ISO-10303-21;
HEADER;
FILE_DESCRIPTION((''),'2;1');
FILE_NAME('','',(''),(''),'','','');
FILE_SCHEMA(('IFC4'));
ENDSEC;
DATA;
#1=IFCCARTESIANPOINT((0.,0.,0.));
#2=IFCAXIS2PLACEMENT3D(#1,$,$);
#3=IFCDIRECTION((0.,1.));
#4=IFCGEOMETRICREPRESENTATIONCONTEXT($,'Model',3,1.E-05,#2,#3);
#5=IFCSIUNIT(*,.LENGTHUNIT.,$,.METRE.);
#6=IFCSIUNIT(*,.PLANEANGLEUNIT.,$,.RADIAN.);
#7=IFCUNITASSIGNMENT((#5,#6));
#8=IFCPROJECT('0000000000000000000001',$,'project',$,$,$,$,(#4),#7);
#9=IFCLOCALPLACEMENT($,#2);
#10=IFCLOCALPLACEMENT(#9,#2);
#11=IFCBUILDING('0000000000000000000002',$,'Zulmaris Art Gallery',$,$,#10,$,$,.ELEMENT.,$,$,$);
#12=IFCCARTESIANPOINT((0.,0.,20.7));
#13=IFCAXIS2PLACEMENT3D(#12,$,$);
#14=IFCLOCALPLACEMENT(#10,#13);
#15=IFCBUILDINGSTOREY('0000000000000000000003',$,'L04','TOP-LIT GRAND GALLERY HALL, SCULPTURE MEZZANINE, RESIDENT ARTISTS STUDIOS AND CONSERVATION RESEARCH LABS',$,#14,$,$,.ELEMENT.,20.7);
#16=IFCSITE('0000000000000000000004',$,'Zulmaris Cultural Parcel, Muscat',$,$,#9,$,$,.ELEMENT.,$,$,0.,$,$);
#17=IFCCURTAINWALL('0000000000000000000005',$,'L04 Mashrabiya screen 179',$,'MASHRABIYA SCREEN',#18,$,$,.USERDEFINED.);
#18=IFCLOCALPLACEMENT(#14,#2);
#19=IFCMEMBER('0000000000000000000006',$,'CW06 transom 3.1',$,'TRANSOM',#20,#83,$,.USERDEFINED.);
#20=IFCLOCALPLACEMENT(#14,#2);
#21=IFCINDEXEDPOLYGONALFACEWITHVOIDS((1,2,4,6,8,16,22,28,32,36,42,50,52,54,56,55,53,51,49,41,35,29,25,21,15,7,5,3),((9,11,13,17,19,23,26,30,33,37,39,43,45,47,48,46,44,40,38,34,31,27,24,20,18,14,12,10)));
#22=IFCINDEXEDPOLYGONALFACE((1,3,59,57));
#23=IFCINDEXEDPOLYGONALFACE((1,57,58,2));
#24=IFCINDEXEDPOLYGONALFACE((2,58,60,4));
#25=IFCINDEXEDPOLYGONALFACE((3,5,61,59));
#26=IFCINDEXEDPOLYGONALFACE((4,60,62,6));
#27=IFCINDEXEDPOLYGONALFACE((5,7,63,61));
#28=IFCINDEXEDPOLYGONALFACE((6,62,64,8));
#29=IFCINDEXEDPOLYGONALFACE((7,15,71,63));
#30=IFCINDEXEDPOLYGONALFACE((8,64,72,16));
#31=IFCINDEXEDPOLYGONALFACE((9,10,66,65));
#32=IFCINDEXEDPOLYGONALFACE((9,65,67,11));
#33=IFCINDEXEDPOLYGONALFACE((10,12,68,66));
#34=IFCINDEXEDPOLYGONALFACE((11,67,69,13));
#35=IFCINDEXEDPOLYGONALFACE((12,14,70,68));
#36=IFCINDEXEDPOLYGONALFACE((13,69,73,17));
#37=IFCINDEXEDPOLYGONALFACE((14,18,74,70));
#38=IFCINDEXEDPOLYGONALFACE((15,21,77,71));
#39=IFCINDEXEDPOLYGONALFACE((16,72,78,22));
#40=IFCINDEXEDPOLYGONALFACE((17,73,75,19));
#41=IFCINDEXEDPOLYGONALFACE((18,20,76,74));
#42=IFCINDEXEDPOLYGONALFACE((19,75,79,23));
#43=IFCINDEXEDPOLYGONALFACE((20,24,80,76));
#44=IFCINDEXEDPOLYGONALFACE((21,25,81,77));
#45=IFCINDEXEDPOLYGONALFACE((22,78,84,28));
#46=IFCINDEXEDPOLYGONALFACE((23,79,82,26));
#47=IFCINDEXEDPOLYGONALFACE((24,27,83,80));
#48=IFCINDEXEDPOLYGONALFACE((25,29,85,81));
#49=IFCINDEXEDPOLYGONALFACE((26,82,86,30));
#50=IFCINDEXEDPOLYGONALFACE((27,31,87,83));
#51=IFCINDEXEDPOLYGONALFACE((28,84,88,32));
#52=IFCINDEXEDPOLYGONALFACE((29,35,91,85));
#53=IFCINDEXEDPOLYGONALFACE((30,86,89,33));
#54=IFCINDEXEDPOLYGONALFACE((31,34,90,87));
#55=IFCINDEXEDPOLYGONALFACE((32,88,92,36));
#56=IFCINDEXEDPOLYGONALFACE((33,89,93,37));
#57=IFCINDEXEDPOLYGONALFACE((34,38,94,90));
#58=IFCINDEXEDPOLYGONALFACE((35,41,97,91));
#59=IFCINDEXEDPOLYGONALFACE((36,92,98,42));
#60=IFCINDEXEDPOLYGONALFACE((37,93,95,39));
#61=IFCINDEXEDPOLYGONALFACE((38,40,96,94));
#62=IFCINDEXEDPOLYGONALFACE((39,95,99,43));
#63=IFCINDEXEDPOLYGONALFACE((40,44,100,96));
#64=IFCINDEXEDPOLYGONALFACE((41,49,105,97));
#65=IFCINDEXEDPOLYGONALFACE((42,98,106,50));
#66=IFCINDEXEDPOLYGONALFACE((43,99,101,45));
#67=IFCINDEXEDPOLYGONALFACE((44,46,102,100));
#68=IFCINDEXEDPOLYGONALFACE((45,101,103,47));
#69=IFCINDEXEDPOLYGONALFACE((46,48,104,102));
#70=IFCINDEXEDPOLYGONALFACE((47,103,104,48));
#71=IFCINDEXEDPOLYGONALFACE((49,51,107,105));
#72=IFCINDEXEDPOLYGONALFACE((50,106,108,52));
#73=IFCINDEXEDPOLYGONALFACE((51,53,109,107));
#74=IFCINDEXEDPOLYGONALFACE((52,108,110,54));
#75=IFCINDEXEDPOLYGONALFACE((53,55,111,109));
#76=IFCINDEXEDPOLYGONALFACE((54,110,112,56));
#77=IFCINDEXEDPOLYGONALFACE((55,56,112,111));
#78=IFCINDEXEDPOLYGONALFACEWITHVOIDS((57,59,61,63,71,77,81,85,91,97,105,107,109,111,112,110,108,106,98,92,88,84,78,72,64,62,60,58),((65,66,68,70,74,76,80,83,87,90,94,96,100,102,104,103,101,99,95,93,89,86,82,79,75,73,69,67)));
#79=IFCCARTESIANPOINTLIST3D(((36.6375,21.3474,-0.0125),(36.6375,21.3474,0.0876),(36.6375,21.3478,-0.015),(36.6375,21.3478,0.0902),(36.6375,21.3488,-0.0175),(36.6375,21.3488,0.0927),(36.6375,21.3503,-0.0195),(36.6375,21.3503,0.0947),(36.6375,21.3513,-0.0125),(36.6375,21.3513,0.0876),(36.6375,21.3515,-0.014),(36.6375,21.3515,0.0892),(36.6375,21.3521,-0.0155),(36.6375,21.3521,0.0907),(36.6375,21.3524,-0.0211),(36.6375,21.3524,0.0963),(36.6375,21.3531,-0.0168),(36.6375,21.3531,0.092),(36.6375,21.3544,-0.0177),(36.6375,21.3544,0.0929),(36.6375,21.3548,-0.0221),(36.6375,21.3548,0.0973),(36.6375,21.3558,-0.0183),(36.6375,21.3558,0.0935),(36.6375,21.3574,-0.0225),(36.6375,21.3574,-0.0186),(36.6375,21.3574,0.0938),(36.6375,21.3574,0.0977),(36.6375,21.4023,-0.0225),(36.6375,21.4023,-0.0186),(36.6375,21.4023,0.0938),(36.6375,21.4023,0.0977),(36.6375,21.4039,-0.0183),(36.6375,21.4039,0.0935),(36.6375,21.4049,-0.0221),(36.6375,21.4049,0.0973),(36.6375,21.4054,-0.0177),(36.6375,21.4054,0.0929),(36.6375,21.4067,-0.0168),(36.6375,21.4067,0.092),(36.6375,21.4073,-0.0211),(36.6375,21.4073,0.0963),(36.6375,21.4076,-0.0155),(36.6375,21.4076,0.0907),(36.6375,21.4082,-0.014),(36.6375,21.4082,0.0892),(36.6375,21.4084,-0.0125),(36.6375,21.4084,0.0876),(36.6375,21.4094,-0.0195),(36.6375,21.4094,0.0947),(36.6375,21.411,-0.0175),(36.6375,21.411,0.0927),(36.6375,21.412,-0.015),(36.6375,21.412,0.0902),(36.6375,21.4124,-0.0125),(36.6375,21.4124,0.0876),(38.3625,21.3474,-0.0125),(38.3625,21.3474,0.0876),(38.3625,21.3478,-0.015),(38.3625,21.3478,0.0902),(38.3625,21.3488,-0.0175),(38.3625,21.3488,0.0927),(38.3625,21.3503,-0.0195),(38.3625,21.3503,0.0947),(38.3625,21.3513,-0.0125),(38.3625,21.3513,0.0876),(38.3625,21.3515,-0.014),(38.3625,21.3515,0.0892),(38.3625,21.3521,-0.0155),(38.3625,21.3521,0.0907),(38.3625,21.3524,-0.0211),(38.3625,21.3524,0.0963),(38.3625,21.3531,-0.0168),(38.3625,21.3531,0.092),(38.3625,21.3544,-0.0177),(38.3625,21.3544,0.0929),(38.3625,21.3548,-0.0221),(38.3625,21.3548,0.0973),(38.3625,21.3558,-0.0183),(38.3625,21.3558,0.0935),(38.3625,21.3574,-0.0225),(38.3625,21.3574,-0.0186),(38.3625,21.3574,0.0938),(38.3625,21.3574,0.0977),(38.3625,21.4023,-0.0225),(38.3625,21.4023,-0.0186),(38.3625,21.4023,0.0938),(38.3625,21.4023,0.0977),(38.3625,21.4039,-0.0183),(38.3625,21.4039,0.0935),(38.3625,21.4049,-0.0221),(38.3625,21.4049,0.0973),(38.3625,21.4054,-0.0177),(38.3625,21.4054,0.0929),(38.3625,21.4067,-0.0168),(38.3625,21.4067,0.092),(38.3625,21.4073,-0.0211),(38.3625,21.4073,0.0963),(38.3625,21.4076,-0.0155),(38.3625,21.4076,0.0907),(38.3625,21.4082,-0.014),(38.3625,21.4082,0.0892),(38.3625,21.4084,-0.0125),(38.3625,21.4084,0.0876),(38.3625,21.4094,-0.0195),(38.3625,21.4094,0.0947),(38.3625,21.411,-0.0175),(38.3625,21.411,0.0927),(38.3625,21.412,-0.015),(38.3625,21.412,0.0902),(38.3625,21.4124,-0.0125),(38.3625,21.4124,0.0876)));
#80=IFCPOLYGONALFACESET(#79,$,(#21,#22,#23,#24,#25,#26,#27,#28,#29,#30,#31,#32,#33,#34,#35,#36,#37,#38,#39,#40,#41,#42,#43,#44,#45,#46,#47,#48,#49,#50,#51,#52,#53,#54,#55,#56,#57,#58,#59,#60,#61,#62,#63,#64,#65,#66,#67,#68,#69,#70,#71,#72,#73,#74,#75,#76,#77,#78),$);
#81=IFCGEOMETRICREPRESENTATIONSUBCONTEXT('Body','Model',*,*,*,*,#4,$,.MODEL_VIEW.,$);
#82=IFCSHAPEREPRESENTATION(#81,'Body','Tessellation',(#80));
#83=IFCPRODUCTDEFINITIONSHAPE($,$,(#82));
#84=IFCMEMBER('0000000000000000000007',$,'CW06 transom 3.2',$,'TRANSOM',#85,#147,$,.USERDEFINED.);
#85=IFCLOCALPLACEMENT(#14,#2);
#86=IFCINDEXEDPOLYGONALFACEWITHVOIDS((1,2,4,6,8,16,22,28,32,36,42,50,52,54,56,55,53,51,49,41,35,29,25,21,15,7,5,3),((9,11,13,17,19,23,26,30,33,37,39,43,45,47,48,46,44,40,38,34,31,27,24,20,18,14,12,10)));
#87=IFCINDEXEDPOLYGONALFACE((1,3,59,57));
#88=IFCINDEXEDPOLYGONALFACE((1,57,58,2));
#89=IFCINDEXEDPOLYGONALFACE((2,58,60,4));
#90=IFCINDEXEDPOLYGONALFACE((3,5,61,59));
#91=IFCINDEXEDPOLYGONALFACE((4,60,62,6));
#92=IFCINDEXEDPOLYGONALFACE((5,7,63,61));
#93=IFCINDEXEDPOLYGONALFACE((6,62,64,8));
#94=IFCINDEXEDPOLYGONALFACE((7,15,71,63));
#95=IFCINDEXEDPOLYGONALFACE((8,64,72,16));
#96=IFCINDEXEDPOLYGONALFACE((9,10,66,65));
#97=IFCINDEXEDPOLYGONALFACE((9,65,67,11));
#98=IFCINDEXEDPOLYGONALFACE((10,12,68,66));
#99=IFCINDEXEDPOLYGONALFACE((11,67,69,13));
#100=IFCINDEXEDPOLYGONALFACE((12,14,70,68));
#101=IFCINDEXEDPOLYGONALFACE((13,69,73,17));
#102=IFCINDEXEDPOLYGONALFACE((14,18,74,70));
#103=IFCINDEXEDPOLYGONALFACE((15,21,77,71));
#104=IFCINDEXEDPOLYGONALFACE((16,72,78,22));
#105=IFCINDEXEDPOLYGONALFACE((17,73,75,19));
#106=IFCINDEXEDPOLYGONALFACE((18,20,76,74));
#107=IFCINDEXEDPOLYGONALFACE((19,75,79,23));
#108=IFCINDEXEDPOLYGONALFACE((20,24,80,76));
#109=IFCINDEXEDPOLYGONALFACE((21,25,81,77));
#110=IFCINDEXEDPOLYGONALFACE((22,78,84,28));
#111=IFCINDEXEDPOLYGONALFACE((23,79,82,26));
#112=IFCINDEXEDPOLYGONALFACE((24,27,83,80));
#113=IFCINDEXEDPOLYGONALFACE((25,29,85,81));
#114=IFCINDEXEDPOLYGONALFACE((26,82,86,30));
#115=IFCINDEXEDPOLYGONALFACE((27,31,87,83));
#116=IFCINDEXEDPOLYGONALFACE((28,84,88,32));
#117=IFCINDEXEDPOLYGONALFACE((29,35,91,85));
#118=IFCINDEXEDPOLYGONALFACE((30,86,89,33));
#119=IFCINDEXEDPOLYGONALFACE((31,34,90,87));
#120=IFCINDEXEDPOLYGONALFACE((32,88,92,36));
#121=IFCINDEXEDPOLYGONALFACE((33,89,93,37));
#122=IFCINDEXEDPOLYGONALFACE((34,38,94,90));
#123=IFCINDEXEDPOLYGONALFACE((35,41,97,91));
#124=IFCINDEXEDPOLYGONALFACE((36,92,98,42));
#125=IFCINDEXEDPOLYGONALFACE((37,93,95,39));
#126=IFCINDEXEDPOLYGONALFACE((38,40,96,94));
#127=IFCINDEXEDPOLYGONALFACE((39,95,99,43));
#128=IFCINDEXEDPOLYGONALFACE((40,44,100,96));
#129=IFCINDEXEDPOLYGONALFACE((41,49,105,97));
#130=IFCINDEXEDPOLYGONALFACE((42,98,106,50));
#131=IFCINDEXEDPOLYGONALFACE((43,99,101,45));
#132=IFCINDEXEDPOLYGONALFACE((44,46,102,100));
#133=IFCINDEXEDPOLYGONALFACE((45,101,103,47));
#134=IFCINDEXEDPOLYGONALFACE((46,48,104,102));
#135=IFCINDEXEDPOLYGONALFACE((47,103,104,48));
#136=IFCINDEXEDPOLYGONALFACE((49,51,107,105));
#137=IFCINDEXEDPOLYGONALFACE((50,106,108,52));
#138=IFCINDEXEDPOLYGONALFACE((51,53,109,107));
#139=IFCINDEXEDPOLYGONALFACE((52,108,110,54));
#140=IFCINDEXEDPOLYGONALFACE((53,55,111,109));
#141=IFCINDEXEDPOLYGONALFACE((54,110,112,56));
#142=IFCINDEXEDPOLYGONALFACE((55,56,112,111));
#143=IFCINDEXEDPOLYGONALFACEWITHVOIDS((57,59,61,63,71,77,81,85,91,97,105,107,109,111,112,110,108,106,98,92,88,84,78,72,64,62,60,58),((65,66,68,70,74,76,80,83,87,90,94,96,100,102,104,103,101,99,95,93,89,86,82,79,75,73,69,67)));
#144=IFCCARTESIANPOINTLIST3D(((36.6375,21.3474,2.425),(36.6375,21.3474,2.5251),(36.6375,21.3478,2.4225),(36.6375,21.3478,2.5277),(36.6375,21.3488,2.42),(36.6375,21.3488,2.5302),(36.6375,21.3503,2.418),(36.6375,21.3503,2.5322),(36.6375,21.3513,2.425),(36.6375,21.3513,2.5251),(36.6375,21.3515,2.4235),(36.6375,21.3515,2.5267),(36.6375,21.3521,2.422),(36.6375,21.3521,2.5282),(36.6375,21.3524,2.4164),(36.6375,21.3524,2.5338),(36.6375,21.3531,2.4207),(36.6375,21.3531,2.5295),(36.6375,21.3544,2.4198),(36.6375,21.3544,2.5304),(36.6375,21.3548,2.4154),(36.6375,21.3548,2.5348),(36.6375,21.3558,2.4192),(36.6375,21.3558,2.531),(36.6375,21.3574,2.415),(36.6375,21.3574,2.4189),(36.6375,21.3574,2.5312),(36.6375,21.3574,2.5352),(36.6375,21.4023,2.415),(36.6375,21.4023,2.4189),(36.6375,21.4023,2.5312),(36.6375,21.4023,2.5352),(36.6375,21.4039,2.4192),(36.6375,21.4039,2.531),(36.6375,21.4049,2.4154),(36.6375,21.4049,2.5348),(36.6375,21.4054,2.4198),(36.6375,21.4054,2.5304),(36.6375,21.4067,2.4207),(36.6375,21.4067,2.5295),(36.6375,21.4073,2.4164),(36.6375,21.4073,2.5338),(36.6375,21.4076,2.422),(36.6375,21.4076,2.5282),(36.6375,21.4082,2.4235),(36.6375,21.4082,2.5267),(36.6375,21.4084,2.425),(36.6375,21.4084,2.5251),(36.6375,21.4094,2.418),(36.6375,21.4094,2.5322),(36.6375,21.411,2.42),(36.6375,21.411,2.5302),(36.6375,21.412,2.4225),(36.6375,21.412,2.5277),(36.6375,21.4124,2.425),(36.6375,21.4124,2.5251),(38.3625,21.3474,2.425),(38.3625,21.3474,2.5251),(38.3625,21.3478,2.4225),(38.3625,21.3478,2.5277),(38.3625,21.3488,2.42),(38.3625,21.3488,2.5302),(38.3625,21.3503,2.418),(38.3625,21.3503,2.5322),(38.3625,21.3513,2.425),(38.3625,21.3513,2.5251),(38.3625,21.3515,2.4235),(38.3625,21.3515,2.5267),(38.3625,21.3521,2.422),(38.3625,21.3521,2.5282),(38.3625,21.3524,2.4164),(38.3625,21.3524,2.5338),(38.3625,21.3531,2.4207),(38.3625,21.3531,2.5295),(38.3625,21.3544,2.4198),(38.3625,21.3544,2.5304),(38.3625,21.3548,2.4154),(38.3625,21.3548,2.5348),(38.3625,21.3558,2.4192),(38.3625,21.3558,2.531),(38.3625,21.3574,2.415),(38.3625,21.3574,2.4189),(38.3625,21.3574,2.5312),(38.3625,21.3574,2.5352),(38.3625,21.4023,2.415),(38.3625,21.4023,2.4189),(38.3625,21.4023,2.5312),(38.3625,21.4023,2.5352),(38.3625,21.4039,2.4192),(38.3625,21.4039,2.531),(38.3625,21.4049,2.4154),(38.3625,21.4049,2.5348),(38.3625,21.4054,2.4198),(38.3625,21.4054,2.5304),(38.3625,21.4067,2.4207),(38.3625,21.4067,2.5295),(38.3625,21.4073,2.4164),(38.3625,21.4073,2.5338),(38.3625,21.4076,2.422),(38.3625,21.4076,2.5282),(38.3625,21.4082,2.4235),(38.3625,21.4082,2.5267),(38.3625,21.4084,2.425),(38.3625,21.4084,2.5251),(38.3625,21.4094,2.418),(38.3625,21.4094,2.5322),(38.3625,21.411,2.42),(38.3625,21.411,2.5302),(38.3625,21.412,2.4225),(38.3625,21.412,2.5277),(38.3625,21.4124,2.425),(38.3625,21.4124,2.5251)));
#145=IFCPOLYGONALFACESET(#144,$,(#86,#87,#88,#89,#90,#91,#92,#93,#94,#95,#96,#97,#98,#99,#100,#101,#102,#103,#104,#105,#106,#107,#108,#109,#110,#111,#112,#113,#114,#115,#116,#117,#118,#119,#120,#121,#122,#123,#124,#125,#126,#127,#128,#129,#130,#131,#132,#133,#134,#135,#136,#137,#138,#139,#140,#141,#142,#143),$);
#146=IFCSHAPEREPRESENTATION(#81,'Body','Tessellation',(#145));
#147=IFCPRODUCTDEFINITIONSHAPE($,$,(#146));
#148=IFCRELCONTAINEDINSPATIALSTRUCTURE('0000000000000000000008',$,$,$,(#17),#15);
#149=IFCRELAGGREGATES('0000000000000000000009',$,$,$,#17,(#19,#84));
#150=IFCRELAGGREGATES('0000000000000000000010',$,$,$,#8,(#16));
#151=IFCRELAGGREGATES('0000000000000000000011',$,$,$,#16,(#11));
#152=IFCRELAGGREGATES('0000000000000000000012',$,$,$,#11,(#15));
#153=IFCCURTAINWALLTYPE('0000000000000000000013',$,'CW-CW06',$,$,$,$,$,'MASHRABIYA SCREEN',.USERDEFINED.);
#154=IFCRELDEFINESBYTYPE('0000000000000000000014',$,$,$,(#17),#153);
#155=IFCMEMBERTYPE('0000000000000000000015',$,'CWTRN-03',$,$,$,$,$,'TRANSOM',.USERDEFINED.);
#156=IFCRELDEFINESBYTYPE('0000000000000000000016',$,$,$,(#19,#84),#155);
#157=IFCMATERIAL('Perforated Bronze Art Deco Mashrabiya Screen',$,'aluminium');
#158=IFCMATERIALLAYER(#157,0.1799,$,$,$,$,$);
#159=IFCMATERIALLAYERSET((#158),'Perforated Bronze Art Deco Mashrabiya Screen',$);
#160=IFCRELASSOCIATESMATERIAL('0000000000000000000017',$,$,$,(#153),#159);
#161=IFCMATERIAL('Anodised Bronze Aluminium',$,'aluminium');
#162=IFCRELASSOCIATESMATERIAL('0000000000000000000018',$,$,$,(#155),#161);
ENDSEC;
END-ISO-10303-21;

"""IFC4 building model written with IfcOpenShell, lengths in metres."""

from ifc_helpers import new_model, si_unit, direction, frame, origin, origin_2d, place, context, subcontext, project, spatial, hollow_rectangle, extrude, material, layer, layer_set, material_profile, profile_set, type_object, element, aggregate, save


model = new_model("IFC4")

# Units and contexts
model_context = context("Model", 3, precision=1e-05, world=origin(), true_north=direction((0.0, 1.0)))
body_context = subcontext(model_context, "Body", "Model", "MODEL_VIEW")
ifc_project = project(units=[si_unit("LENGTHUNIT", "METRE"), si_unit("PLANEANGLEUNIT", "RADIAN")], contexts=[model_context])

# Site, building, storey
site_placement = place(None, origin())
site = spatial("IfcSite", under=ifc_project, at=site_placement, Name="Zulmaris Cultural Parcel, Muscat", CompositionType="ELEMENT", RefElevation=0.0)
building_placement = place(site_placement, origin())
building = spatial("IfcBuilding", under=site, at=building_placement, Name="Zulmaris Art Gallery", CompositionType="ELEMENT")
storey_placement = place(building_placement, frame((0.0, 0.0, 20.7)))
storey = spatial("IfcBuildingStorey", under=building, at=storey_placement, Name="L04", Description="TOP-LIT GRAND GALLERY HALL, SCULPTURE MEZZANINE, RESIDENT ARTISTS STUDIOS AND CONSERVATION RESEARCH LABS", CompositionType="ELEMENT", Elevation=20.7)

# Shared definitions
ifc_material_1 = material(Name="Anodised Bronze Aluminium", Category="aluminium")

# Curtain wall
ifc_material_2 = material(Name="Perforated Bronze Art Deco Mashrabiya Screen", Category="aluminium")
ifc_layer_1 = layer(ifc_material_2, 0.1799)
ifc_layer_set_1 = layer_set([ifc_layer_1], Name="Perforated Bronze Art Deco Mashrabiya Screen")
curtain_wall_type_1 = type_object("IfcCurtainWallType", Name="CW-CW06", ElementType="MASHRABIYA SCREEN", PredefinedType="USERDEFINED", material=ifc_layer_set_1)
curtain_wall_1_placement = place(storey_placement, origin())
curtain_wall_1 = element("IfcCurtainWall", 1, at=curtain_wall_1_placement, inside=storey, type_object=curtain_wall_type_1, Name="L04 Mashrabiya screen 179", ObjectType="MASHRABIYA SCREEN", PredefinedType="USERDEFINED")

# Members
ifc_material_profile_1 = material_profile(ifc_material_1, hollow_rectangle(XDim=0.0649, YDim=0.1201, WallThickness=0.0039, InnerFilletRadius=0.0061, OuterFilletRadius=0.01, at=origin_2d()), Name="ALU 65x120x4")
ifc_profile_set_1 = profile_set([ifc_material_profile_1], Name="Anodised Bronze Aluminium")
member_type_1 = type_object("IfcMemberType", Name="CWTRN-03", ElementType="TRANSOM", PredefinedType="USERDEFINED", material=ifc_profile_set_1)
member_1_placement = place(storey_placement, frame((36.6375, 21.3799, 0.0376), z_axis=(1.0, 0.0, 0.0), x_axis=(0.0, 1.0, 0.0)))
member_1 = element("IfcMember", 2, at=member_1_placement, type_object=member_type_1, Name="CW06 transom 3.1", ObjectType="TRANSOM", PredefinedType="USERDEFINED", context=body_context, shape_type="SweptSolid", body=[
    extrude(hollow_rectangle(XDim=0.0649, YDim=0.1201, WallThickness=0.0039, InnerFilletRadius=0.0061, OuterFilletRadius=0.01, at=origin_2d()), origin(), (0.0, 0.0, 1.0), 1.7251),
])
member_2_placement = place(storey_placement, frame((36.6375, 21.3799, 2.4751), z_axis=(1.0, 0.0, 0.0), x_axis=(0.0, 1.0, 0.0)))
member_2 = element("IfcMember", 3, at=member_2_placement, type_object=member_type_1, Name="CW06 transom 3.2", ObjectType="TRANSOM", PredefinedType="USERDEFINED", context=body_context, shape_type="SweptSolid", body=[
    extrude(hollow_rectangle(XDim=0.0649, YDim=0.1201, WallThickness=0.0039, InnerFilletRadius=0.0061, OuterFilletRadius=0.01, at=origin_2d()), origin(), (0.0, 0.0, 1.0), 1.7251),
])

aggregate(curtain_wall_1, [member_1, member_2])

save(model, "model.ifc")
